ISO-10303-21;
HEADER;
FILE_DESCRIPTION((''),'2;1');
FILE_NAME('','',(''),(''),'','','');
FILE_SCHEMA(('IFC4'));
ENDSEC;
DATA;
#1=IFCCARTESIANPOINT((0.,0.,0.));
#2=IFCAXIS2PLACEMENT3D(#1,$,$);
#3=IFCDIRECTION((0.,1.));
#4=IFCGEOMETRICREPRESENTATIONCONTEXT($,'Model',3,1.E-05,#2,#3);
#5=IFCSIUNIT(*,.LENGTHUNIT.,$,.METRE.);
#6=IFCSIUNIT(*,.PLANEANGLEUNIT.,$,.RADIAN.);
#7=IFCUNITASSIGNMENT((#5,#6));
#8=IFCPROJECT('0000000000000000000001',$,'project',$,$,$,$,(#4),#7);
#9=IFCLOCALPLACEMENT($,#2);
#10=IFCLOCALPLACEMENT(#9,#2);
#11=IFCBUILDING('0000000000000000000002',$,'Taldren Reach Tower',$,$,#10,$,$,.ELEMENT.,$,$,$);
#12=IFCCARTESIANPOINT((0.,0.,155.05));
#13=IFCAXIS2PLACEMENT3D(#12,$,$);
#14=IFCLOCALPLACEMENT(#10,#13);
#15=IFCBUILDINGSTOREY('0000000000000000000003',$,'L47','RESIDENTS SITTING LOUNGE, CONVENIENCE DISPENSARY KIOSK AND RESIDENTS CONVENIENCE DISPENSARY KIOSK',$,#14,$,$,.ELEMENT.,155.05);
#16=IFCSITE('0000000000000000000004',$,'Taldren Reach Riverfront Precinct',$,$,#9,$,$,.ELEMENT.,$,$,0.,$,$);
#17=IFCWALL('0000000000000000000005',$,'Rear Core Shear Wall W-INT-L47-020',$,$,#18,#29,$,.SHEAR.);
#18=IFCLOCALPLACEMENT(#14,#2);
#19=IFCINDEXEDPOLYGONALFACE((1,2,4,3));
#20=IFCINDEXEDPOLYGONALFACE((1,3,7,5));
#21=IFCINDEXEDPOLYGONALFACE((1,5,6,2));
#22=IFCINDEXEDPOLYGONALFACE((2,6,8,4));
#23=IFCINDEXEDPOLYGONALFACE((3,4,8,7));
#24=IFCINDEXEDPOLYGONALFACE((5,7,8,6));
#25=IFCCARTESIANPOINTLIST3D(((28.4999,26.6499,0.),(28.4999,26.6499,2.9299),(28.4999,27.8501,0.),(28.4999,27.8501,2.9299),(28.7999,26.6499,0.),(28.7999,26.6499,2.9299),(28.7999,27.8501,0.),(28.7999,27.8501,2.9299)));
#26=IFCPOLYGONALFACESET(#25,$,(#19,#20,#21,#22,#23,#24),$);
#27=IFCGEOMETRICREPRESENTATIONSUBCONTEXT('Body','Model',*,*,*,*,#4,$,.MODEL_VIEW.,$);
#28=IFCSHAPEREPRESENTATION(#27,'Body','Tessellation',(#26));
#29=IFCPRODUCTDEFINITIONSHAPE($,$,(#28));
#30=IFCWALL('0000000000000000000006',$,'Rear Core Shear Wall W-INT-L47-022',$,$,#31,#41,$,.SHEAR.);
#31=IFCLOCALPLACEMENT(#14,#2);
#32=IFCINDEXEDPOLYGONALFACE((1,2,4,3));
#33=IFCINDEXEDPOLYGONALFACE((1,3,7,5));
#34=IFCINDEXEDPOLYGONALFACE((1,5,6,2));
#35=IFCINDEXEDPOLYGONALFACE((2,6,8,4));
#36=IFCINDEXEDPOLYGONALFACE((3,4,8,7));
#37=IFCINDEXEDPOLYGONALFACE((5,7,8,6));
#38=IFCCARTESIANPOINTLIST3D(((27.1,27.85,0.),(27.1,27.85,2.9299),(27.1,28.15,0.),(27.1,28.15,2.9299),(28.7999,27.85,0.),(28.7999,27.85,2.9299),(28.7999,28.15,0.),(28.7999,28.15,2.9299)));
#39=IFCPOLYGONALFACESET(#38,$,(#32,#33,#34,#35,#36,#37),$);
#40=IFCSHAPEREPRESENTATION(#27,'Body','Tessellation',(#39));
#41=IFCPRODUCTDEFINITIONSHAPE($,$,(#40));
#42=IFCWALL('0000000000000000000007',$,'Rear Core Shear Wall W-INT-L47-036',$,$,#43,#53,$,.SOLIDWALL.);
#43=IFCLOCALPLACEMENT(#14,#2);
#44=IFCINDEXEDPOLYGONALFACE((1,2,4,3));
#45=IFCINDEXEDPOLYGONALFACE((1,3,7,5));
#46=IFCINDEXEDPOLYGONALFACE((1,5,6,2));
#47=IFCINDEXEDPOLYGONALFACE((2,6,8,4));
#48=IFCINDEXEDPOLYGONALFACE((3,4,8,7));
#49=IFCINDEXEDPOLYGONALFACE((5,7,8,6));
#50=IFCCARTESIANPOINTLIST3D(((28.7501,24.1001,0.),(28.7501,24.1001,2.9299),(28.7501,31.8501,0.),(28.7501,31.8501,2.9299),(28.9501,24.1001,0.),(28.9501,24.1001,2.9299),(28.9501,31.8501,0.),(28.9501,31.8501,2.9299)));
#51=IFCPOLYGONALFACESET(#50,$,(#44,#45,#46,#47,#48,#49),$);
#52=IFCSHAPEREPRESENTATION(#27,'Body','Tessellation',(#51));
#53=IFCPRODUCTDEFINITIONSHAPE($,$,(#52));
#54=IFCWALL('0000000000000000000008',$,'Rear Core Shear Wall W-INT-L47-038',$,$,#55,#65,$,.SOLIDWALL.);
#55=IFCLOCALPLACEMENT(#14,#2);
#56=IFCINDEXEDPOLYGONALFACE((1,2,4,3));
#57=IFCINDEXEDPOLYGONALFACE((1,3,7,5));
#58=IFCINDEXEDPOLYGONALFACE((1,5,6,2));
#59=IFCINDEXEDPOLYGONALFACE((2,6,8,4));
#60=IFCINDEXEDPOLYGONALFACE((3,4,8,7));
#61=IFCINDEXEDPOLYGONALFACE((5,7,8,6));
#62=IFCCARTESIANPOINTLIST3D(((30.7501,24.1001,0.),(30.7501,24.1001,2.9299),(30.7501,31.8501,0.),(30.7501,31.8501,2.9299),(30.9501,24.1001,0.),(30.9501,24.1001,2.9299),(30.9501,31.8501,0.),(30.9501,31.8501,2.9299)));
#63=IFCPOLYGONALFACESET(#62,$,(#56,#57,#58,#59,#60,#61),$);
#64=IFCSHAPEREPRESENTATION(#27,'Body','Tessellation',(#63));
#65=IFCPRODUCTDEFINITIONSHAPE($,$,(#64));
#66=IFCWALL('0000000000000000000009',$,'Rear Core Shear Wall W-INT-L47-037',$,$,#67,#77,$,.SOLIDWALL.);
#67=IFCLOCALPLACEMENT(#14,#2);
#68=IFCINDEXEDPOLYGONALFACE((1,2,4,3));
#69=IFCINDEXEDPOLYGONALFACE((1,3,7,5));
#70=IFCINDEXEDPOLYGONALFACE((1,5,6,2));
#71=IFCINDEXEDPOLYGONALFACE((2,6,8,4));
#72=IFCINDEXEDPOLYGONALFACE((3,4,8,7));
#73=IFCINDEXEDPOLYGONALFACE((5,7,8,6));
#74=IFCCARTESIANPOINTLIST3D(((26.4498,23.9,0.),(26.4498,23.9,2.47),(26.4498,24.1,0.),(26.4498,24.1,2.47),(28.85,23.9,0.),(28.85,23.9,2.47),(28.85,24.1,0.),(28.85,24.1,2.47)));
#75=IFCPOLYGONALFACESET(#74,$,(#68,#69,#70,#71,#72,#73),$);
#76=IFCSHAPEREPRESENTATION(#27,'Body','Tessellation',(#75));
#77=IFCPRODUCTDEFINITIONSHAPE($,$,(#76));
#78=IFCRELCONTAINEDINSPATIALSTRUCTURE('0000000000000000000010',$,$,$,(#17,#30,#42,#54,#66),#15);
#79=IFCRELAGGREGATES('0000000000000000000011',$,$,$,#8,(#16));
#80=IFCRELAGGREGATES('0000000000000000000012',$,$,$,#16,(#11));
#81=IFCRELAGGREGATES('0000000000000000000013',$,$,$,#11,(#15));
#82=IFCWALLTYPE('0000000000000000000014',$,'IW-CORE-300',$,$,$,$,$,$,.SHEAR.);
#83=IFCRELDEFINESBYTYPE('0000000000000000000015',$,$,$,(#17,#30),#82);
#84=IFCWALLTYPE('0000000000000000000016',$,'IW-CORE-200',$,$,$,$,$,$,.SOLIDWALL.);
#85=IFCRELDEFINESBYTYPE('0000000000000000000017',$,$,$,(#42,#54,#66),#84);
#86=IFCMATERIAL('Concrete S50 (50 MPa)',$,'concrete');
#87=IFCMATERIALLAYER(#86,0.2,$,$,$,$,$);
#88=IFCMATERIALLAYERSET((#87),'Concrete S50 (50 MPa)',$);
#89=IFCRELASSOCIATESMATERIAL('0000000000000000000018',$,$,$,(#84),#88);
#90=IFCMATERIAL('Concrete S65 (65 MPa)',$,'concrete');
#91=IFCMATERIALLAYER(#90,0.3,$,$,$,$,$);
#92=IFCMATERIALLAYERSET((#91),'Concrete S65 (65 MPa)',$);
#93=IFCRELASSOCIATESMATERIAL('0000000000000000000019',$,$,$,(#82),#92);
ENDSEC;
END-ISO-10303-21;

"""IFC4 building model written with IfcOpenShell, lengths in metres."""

from ifc_helpers import new_model, si_unit, direction, frame, frame_2d, origin, place, context, subcontext, project, spatial, rectangle, extrude, source, transform, mapped, material, layer, layer_set, type_object, element, save


model = new_model("IFC4")

# Units and contexts
model_context = context("Model", 3, precision=1e-05, world=origin(), true_north=direction((0.0, 1.0)))
body_context = subcontext(model_context, "Body", "Model", "MODEL_VIEW")
ifc_project = project(units=[si_unit("LENGTHUNIT", "METRE"), si_unit("PLANEANGLEUNIT", "RADIAN")], contexts=[model_context])

# Site, building, storey
site_placement = place(None, origin())
site = spatial("IfcSite", under=ifc_project, at=site_placement, Name="Taldren Reach Riverfront Precinct", CompositionType="ELEMENT", RefElevation=0.0)
building_placement = place(site_placement, origin())
building = spatial("IfcBuilding", under=site, at=building_placement, Name="Taldren Reach Tower", CompositionType="ELEMENT")
storey_placement = place(building_placement, frame((0.0, 0.0, 155.05)))
storey = spatial("IfcBuildingStorey", under=building, at=storey_placement, Name="L47", Description="RESIDENTS SITTING LOUNGE, CONVENIENCE DISPENSARY KIOSK AND RESIDENTS CONVENIENCE DISPENSARY KIOSK", CompositionType="ELEMENT", Elevation=155.05)

# Shared definitions
ifc_material_1 = material(Name="Concrete S50 (50 MPa)", Category="concrete")
ifc_layer_1 = layer(ifc_material_1, 0.2)
ifc_layer_set_1 = layer_set([ifc_layer_1], Name="Concrete S50 (50 MPa)")
wall_type_1 = type_object("IfcWallType", Name="IW-CORE-200", PredefinedType="SOLIDWALL", material=ifc_layer_set_1)

# Wall
ifc_material_2 = material(Name="Concrete S65 (65 MPa)", Category="concrete")
ifc_layer_2 = layer(ifc_material_2, 0.3)
ifc_layer_set_2 = layer_set([ifc_layer_2], Name="Concrete S65 (65 MPa)")
wall_type_2 = type_object("IfcWallType", Name="IW-CORE-300", PredefinedType="SHEAR", material=ifc_layer_set_2)
shared_shape_1 = source(origin(), body_context, "Body", "SweptSolid", [
    extrude(rectangle(XDim=1.2002, YDim=0.3, at=frame_2d((0.6001, 0.0))), origin(), (0.0, 0.0, 1.0), 2.9299),
])
wall_1_placement = place(storey_placement, frame((28.6499, 26.6499, 0.0), z_axis=(0.0, 0.0, 1.0), x_axis=(0.0, 1.0, 0.0)))
element("IfcWall", 1, at=wall_1_placement, inside=storey, type_object=wall_type_2, Name="Rear Core Shear Wall W-INT-L47-020", PredefinedType="SHEAR", context=body_context, shape_type="MappedRepresentation", body=[
    mapped(shared_shape_1, transform((0.0, 0.0, 0.0), scale=1.0)),
])

# Walls
shared_shape_2 = source(origin(), body_context, "Body", "SweptSolid", [
    extrude(rectangle(XDim=1.7, YDim=0.3, at=frame_2d((0.8501, 0.0))), origin(), (0.0, 0.0, 1.0), 2.9299),
])
wall_2_placement = place(storey_placement, frame((28.8, 28.0, 0.0), z_axis=(0.0, 0.0, 1.0), x_axis=(-1.0, 0.0, 0.0)))
element("IfcWall", 2, at=wall_2_placement, inside=storey, type_object=wall_type_2, Name="Rear Core Shear Wall W-INT-L47-022", PredefinedType="SHEAR", context=body_context, shape_type="MappedRepresentation", body=[
    mapped(shared_shape_2, transform((0.0, 0.0, 0.0), scale=1.0)),
])
shared_shape_3 = source(origin(), body_context, "Body", "SweptSolid", [
    extrude(rectangle(XDim=7.75, YDim=0.2, at=frame_2d((3.875, 0.0))), origin(), (0.0, 0.0, 1.0), 2.9299),
])
for number, where, z_axis, x_axis, name in (
    (3, (28.8501, 31.8501, 0.0), (0.0, 0.0, 1.0), (0.0, -1.0, 0.0), "Rear Core Shear Wall W-INT-L47-036"),
    (4, (30.8501, 31.8501, 0.0), (0.0, 0.0, 1.0), (0.0, -1.0, 0.0), "Rear Core Shear Wall W-INT-L47-038"),
):
    element("IfcWall", number, at=place(storey_placement, frame(where, z_axis=z_axis, x_axis=x_axis)), inside=storey, type_object=wall_type_1, Name=name, PredefinedType="SOLIDWALL", context=body_context, shape_type="MappedRepresentation", body=[
        mapped(shared_shape_3, transform((0.0, 0.0, 0.0), scale=1.0)),
    ])
shared_shape_4 = source(origin(), body_context, "Body", "SweptSolid", [
    extrude(rectangle(XDim=2.4001, YDim=0.2, at=frame_2d((1.2002, 0.0))), origin(), (0.0, 0.0, 1.0), 2.47),
])
wall_3_placement = place(storey_placement, frame((28.8501, 24.0, 0.0), z_axis=(0.0, 0.0, 1.0), x_axis=(-1.0, 0.0, 0.0)))
element("IfcWall", 5, at=wall_3_placement, inside=storey, type_object=wall_type_1, Name="Rear Core Shear Wall W-INT-L47-037", PredefinedType="SOLIDWALL", context=body_context, shape_type="MappedRepresentation", body=[
    mapped(shared_shape_4, transform((0.0, 0.0, 0.0), scale=1.0)),
])

save(model, "model.ifc")
